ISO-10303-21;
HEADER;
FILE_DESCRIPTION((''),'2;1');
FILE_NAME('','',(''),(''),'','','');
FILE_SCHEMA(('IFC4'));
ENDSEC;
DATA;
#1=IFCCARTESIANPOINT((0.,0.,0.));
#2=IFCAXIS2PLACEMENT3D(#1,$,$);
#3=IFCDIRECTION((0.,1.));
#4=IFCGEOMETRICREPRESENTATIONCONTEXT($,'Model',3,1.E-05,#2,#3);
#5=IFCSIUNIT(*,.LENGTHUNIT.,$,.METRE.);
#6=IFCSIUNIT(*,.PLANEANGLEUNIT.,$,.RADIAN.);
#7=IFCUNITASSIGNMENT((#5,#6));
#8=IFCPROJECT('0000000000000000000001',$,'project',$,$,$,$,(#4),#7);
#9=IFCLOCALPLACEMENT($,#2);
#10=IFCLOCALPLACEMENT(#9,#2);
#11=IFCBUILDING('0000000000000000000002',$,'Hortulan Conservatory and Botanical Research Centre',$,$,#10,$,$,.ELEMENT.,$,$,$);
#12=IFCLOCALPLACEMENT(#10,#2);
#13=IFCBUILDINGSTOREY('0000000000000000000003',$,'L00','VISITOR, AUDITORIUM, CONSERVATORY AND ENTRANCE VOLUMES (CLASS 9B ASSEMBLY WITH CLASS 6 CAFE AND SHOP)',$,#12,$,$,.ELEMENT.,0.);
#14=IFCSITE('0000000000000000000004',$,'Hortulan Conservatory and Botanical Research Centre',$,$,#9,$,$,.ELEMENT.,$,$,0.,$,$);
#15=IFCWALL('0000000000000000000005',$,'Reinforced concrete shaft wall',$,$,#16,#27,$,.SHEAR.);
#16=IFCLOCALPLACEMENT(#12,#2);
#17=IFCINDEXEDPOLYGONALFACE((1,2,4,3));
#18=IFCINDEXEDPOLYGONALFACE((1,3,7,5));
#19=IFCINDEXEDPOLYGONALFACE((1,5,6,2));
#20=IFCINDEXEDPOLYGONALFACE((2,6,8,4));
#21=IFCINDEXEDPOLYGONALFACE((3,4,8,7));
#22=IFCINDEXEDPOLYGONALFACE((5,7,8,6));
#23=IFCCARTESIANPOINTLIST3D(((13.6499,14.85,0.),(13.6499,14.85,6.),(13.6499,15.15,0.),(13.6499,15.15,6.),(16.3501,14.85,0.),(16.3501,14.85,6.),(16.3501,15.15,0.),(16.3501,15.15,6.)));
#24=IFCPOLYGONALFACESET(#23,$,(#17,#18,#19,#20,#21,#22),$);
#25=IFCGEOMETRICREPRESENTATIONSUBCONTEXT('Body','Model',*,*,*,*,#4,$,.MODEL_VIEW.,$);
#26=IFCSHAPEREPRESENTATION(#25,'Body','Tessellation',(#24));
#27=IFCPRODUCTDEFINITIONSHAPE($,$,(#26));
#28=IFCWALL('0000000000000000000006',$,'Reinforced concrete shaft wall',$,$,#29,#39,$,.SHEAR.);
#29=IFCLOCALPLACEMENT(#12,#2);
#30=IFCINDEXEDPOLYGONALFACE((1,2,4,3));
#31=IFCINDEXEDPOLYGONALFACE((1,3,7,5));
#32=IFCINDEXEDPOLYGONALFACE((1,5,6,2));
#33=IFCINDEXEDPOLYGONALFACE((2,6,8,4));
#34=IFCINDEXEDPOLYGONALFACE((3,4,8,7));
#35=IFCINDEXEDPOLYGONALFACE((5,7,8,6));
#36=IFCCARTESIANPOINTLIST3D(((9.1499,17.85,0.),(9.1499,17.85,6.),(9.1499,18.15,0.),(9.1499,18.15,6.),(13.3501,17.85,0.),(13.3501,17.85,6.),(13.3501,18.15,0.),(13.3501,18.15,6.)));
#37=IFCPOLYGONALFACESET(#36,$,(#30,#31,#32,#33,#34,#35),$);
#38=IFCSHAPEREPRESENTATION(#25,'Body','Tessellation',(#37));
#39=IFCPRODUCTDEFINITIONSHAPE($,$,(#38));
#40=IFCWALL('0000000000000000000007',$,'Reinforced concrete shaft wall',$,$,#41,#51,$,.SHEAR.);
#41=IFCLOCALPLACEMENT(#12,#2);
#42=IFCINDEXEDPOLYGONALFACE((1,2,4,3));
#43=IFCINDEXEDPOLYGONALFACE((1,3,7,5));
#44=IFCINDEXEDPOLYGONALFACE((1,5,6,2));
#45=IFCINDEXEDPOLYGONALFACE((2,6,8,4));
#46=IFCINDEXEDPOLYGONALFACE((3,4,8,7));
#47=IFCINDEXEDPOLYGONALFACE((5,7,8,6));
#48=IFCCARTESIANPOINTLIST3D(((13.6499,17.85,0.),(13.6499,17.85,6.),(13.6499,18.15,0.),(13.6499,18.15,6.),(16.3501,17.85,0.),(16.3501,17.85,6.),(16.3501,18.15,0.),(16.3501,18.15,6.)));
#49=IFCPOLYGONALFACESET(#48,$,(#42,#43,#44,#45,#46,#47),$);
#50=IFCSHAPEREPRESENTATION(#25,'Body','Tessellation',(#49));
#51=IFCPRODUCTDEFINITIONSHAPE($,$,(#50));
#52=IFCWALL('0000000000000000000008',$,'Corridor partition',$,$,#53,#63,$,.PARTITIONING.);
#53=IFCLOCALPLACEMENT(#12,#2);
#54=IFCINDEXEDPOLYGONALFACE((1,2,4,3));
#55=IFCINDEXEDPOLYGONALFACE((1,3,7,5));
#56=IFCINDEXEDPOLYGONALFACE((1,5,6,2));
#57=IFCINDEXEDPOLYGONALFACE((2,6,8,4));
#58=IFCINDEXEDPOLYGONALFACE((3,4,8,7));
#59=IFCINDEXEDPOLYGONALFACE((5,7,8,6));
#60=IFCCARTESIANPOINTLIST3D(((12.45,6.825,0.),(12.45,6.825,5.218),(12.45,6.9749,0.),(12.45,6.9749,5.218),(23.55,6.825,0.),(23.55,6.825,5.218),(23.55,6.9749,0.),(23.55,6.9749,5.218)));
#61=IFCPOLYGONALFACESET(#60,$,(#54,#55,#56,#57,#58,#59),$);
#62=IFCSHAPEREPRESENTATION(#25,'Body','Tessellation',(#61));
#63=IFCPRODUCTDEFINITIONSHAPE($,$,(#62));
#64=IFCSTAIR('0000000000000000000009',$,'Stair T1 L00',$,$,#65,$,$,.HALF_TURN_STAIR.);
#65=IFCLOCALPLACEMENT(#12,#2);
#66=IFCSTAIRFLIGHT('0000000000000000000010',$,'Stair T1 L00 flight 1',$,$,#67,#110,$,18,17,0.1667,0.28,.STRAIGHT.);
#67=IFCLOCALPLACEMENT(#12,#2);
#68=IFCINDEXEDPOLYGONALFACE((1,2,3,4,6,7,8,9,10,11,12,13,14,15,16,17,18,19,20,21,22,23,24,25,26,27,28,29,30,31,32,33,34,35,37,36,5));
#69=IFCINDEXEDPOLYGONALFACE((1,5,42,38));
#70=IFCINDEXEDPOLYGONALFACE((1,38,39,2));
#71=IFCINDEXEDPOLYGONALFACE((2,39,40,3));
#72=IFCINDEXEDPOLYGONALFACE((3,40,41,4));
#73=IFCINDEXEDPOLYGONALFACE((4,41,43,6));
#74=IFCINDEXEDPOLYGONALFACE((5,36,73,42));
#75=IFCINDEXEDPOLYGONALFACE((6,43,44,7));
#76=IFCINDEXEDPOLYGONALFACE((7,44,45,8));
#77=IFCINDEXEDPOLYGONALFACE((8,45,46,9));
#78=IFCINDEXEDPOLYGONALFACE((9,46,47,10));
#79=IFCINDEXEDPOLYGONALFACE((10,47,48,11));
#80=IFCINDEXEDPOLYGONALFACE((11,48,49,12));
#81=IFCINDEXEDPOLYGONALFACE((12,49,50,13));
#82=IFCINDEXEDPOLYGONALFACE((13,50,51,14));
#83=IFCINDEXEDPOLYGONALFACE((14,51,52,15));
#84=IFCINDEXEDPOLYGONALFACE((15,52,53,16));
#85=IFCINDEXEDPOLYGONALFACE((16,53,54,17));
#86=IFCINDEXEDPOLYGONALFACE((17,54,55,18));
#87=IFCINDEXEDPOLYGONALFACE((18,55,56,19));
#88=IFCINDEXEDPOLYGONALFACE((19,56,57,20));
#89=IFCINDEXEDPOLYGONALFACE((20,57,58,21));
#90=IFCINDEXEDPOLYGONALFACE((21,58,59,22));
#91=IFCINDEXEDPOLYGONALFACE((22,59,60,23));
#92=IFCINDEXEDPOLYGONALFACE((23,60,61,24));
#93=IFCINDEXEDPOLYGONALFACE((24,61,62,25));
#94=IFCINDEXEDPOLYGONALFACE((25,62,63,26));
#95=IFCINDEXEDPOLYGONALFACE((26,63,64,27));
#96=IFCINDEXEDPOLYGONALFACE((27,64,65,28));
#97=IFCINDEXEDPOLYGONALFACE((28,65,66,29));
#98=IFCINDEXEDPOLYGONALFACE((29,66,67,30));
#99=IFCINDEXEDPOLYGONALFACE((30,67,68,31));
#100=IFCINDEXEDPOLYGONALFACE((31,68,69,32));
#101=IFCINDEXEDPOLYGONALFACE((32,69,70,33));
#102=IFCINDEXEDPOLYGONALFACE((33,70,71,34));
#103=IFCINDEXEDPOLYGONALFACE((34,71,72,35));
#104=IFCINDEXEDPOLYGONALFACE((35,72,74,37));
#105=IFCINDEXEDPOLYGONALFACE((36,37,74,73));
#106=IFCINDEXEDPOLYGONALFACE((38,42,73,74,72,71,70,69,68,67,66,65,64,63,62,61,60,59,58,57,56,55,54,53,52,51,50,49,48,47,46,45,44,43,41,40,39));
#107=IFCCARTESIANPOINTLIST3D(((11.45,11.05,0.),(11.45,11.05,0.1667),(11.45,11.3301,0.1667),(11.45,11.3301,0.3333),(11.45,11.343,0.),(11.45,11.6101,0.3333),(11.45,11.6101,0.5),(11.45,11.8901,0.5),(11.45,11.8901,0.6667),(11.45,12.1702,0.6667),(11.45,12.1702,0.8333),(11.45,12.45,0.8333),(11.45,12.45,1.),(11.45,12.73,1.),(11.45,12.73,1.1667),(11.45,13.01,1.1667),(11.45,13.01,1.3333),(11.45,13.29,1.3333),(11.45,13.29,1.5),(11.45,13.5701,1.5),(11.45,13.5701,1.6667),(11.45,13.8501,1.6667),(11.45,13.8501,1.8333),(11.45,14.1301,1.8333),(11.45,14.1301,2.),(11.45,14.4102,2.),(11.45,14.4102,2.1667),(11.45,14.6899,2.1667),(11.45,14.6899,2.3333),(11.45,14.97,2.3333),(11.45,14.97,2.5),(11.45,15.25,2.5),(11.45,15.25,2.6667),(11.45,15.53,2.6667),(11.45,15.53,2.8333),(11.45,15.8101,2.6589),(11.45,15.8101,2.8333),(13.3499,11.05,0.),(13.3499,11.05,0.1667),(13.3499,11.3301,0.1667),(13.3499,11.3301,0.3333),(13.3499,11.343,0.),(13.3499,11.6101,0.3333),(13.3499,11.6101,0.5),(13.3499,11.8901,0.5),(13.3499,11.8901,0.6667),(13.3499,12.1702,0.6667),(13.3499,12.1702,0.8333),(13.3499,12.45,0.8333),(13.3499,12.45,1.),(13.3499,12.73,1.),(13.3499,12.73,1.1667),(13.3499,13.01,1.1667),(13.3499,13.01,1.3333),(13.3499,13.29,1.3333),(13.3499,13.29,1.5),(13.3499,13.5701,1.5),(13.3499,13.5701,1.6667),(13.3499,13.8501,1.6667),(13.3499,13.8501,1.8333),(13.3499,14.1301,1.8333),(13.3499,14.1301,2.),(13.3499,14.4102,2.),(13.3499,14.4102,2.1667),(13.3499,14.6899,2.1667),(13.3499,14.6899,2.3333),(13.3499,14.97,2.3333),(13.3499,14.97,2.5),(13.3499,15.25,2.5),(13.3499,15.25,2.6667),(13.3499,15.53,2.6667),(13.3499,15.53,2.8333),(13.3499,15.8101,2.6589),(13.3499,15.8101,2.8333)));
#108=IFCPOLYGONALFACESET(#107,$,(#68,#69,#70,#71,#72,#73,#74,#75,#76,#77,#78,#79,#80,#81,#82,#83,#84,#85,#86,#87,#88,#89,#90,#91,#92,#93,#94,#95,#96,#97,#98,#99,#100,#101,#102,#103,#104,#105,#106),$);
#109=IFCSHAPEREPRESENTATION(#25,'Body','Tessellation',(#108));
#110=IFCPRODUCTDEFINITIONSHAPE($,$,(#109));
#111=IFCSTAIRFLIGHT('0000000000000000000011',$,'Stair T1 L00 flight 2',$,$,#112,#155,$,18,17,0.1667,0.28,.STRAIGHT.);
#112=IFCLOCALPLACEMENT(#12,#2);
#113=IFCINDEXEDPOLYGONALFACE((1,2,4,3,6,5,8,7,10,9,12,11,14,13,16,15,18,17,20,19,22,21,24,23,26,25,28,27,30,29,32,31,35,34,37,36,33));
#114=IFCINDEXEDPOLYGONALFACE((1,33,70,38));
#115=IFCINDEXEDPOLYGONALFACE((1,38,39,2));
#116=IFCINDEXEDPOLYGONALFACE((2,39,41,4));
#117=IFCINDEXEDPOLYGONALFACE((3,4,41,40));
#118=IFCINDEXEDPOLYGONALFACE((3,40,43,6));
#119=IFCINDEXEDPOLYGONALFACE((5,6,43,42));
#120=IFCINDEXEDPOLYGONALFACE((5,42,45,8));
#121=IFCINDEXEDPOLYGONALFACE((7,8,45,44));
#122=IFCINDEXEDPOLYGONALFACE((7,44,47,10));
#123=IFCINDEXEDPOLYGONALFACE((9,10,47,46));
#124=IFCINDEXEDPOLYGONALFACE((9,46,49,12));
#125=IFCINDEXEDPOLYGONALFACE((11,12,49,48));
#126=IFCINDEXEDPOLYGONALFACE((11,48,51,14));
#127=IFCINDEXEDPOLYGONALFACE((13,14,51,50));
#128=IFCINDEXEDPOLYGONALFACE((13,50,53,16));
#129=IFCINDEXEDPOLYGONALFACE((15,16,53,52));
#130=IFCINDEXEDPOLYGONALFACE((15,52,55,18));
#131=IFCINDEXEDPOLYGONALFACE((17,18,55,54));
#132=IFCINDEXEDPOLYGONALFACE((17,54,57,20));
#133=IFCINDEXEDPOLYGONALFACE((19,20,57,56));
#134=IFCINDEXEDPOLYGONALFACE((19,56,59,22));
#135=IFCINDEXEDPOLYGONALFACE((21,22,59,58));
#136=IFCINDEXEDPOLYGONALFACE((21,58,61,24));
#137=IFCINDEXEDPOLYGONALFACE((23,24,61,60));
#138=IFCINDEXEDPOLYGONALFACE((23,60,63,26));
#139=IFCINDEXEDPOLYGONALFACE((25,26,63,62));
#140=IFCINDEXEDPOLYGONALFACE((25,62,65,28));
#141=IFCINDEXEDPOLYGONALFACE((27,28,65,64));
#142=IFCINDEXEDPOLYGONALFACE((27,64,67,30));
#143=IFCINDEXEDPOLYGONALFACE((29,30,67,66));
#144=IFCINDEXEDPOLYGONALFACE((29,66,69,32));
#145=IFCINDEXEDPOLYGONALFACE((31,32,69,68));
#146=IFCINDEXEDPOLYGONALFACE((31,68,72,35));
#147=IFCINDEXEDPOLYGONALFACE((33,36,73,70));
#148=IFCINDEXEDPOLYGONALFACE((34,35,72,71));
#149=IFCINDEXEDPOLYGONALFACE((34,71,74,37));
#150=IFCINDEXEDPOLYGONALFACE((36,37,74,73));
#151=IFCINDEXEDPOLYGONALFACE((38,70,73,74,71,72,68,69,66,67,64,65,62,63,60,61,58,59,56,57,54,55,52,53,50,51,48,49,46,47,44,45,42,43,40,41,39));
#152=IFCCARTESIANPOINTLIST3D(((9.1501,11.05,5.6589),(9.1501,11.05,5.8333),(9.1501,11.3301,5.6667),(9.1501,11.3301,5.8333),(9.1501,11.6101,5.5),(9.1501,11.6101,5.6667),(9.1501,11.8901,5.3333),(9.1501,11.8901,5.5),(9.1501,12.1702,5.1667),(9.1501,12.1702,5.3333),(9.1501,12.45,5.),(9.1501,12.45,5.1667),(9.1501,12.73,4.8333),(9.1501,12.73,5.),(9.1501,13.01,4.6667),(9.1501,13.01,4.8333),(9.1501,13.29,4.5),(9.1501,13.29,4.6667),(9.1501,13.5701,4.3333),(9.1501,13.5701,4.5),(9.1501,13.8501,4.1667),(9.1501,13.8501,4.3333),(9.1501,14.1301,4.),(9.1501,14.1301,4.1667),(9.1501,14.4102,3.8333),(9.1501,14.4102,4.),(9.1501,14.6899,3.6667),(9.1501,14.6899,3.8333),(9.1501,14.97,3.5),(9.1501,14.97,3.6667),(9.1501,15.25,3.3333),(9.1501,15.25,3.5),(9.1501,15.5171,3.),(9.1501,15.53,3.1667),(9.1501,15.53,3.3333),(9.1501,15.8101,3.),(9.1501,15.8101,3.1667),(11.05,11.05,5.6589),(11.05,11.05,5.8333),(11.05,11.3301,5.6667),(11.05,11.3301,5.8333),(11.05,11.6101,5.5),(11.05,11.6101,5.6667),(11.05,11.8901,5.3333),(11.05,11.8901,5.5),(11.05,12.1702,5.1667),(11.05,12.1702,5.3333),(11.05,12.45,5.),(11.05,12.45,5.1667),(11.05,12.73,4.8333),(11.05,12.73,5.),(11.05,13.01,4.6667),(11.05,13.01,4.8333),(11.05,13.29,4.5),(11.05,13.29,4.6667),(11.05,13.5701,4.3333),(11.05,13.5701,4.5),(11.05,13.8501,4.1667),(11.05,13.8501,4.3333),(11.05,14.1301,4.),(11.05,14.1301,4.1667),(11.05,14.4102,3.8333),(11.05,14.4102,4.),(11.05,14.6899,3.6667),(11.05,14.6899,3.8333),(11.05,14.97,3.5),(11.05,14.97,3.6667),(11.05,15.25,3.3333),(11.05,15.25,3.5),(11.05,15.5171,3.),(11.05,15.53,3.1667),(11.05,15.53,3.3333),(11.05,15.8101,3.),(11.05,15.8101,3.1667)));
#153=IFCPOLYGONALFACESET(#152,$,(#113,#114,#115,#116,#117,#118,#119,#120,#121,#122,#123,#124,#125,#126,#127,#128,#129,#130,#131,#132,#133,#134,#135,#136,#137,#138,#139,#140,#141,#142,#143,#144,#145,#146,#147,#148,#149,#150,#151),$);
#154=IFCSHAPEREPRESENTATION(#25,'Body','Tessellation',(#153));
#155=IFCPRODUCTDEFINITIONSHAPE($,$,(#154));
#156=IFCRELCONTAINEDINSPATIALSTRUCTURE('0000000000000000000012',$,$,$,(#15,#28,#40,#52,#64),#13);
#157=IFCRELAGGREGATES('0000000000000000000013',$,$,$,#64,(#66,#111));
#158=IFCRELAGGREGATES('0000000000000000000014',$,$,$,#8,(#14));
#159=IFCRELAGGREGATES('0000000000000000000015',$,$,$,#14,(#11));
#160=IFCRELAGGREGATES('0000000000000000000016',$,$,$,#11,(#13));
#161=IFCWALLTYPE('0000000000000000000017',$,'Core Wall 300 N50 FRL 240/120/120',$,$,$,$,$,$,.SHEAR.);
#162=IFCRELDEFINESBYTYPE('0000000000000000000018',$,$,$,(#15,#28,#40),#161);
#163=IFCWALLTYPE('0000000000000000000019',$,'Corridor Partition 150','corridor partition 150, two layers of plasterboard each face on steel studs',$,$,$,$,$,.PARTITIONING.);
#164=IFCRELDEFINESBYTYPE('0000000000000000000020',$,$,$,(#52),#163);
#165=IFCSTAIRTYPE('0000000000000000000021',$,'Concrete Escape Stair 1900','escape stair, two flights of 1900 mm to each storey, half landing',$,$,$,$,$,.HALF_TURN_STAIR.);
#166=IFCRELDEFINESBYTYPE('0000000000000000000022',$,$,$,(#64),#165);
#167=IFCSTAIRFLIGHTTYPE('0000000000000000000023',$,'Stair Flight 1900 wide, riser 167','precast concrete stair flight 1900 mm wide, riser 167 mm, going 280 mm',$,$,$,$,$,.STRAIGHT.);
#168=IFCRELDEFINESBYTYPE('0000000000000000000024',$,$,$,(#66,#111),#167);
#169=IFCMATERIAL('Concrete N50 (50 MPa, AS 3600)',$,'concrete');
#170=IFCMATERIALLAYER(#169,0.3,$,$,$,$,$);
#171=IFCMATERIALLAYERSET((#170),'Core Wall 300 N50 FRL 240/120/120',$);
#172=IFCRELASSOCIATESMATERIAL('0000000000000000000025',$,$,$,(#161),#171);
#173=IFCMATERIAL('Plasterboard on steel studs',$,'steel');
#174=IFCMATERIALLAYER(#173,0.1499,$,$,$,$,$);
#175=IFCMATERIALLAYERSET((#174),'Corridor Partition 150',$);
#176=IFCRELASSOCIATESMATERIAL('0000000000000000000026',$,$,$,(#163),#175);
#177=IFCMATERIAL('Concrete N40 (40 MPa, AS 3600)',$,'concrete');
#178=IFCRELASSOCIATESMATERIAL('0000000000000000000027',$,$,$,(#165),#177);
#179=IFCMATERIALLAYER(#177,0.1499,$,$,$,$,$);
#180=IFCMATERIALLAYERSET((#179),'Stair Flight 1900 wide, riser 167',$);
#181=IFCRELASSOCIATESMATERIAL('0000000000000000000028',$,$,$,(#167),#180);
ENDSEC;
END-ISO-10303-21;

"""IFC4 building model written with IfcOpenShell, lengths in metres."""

from ifc_helpers import new_model, si_unit, direction, frame, frame_2d, origin, place, context, subcontext, project, spatial, polyline, rectangle, outline, extrude, material, layer, layer_set, type_object, element, aggregate, save


model = new_model("IFC4")

# Units and contexts
model_context = context("Model", 3, precision=1e-05, world=origin(), true_north=direction((0.0, 1.0)))
body_context = subcontext(model_context, "Body", "Model", "MODEL_VIEW")
ifc_project = project(units=[si_unit("LENGTHUNIT", "METRE"), si_unit("PLANEANGLEUNIT", "RADIAN")], contexts=[model_context])

# Site, building, storey
site_placement = place(None, origin())
site = spatial("IfcSite", under=ifc_project, at=site_placement, Name="Hortulan Conservatory and Botanical Research Centre", CompositionType="ELEMENT", RefElevation=0.0)
building_placement = place(site_placement, origin())
building = spatial("IfcBuilding", under=site, at=building_placement, Name="Hortulan Conservatory and Botanical Research Centre", CompositionType="ELEMENT")
storey_placement = place(building_placement, origin())
storey = spatial("IfcBuildingStorey", under=building, at=storey_placement, Name="L00", Description="VISITOR, AUDITORIUM, CONSERVATORY AND ENTRANCE VOLUMES (CLASS 9B ASSEMBLY WITH CLASS 6 CAFE AND SHOP)", CompositionType="ELEMENT", Elevation=0.0)

# Shared definitions
ifc_material_1 = material(Name="Concrete N50 (50 MPa, AS 3600)", Category="concrete")
ifc_layer_1 = layer(ifc_material_1, 0.3)
ifc_layer_set_1 = layer_set([ifc_layer_1], Name="Core Wall 300 N50 FRL 240/120/120")
wall_type_1 = type_object("IfcWallType", Name="Core Wall 300 N50 FRL 240/120/120", PredefinedType="SHEAR", material=ifc_layer_set_1)

# Walls
for number, where, z_axis, x_axis, name in (
    (1, (13.6499, 15.0, 0.0), (0.0, 0.0, 1.0), (1.0, 0.0, 0.0), "Reinforced concrete shaft wall"),
):
    element("IfcWall", number, at=place(storey_placement, frame(where, z_axis=z_axis, x_axis=x_axis)), inside=storey, type_object=wall_type_1, Name=name, PredefinedType="SHEAR", context=body_context, shape_type="SweptSolid", body=[
        extrude(rectangle(XDim=2.7002, YDim=0.3, at=frame_2d((1.3501, 0.0))), origin(), (0.0, 0.0, 1.0), 6.0),
    ])
wall_1_placement = place(storey_placement, frame((9.1499, 18.0, 0.0), z_axis=(0.0, 0.0, 1.0), x_axis=(1.0, 0.0, 0.0)))
element("IfcWall", 2, at=wall_1_placement, inside=storey, type_object=wall_type_1, Name="Reinforced concrete shaft wall", PredefinedType="SHEAR", context=body_context, shape_type="SweptSolid", body=[
    extrude(rectangle(XDim=4.2002, YDim=0.3, at=frame_2d((2.1001, 0.0))), origin(), (0.0, 0.0, 1.0), 6.0),
])
wall_2_placement = place(storey_placement, frame((13.6499, 18.0, 0.0), z_axis=(0.0, 0.0, 1.0), x_axis=(1.0, 0.0, 0.0)))
element("IfcWall", 3, at=wall_2_placement, inside=storey, type_object=wall_type_1, Name="Reinforced concrete shaft wall", PredefinedType="SHEAR", context=body_context, shape_type="SweptSolid", body=[
    extrude(rectangle(XDim=2.7002, YDim=0.3, at=frame_2d((1.3501, 0.0))), origin(), (0.0, 0.0, 1.0), 6.0),
])
ifc_material_2 = material(Name="Plasterboard on steel studs", Category="steel")
ifc_layer_2 = layer(ifc_material_2, 0.1499)
ifc_layer_set_2 = layer_set([ifc_layer_2], Name="Corridor Partition 150")
wall_type_2 = type_object("IfcWallType", Name="Corridor Partition 150", Description="corridor partition 150, two layers of plasterboard each face on steel studs", PredefinedType="PARTITIONING", material=ifc_layer_set_2)
wall_3_placement = place(storey_placement, frame((12.45, 6.8999, 0.0), z_axis=(0.0, 0.0, 1.0), x_axis=(1.0, 0.0, 0.0)))
element("IfcWall", 4, at=wall_3_placement, inside=storey, type_object=wall_type_2, Name="Corridor partition", PredefinedType="PARTITIONING", context=body_context, shape_type="SweptSolid", body=[
    extrude(rectangle(XDim=11.1001, YDim=0.1499, at=frame_2d((5.55, 0.0))), origin(), (0.0, 0.0, 1.0), 5.218),
])

# Stair, stair flights
ifc_material_3 = material(Name="Concrete N40 (40 MPa, AS 3600)", Category="concrete")
stair_type = type_object("IfcStairType", Name="Concrete Escape Stair 1900", Description="escape stair, two flights of 1900 mm to each storey, half landing", PredefinedType="HALF_TURN_STAIR", material=ifc_material_3)
stair_placement = place(storey_placement, origin())
stair = element("IfcStair", 5, at=stair_placement, inside=storey, type_object=stair_type, Name="Stair T1 L00", PredefinedType="HALF_TURN_STAIR")
ifc_layer_3 = layer(ifc_material_3, 0.1499)
ifc_layer_set_3 = layer_set([ifc_layer_3], Name="Stair Flight 1900 wide, riser 167")
stair_flight_type = type_object("IfcStairFlightType", Name="Stair Flight 1900 wide, riser 167", Description="precast concrete stair flight 1900 mm wide, riser 167 mm, going 280 mm", PredefinedType="STRAIGHT", material=ifc_layer_set_3)
stair_flight_1_placement = place(storey_placement, frame((12.3999, 11.05, 0.0), z_axis=(0.0, 0.0, 1.0), x_axis=(0.0, 1.0, 0.0)))
stair_flight_1 = element("IfcStairFlight", 6, at=stair_flight_1_placement, type_object=stair_flight_type, Name="Stair T1 L00 flight 1", NumberOfRisers=18, NumberOfTreads=17, PredefinedType="STRAIGHT", RiserHeight=0.1667, TreadLength=0.28, context=body_context, shape_type="SweptSolid", body=[
    extrude(outline(polyline([(0.0, 0.0), (0.0, 0.1667), (0.28, 0.1667), (0.28, 0.3333), (0.5601, 0.3333), (0.5601, 0.5), (0.8401, 0.5), (0.8401, 0.6667), (1.1201, 0.6667), (1.1201, 0.8333), (1.3999, 0.8333), (1.3999, 1.0), (1.6799, 1.0), (1.6799, 1.1667), (1.96, 1.1667), (1.96, 1.3333), (2.24, 1.3333), (2.24, 1.5), (2.52, 1.5), (2.52, 1.6667), (2.8, 1.6667), (2.8, 1.8333), (3.0801, 1.8333), (3.0801, 2.0), (3.3601, 2.0), (3.3601, 2.1667), (3.6399, 2.1667), (3.6399, 2.3333), (3.9199, 2.3333), (3.9199, 2.5), (4.2, 2.5), (4.2, 2.6667), (4.48, 2.6667), (4.48, 2.8333), (4.76, 2.8333), (4.76, 3.0), (4.76, 2.6589), (0.293, 0.0), (0.0, 0.0)])), frame((0.0, 0.95, 0.0), z_axis=(0.0, -1.0, 0.0), x_axis=(1.0, 0.0, 0.0)), (0.0, 0.0, 1.0), 1.8999),
])
stair_flight_2_placement = place(storey_placement, frame((10.1001, 15.8101, 3.0), z_axis=(0.0, 0.0, 1.0), x_axis=(0.0, -1.0, 0.0)))
stair_flight_2 = element("IfcStairFlight", 7, at=stair_flight_2_placement, type_object=stair_flight_type, Name="Stair T1 L00 flight 2", NumberOfRisers=18, NumberOfTreads=17, PredefinedType="STRAIGHT", RiserHeight=0.1667, TreadLength=0.28, context=body_context, shape_type="SweptSolid", body=[
    extrude(outline(polyline([(0.0, 0.0), (0.0, 0.1667), (0.28, 0.1667), (0.28, 0.3333), (0.5601, 0.3333), (0.5601, 0.5), (0.8401, 0.5), (0.8401, 0.6667), (1.1201, 0.6667), (1.1201, 0.8333), (1.3999, 0.8333), (1.3999, 1.0), (1.6799, 1.0), (1.6799, 1.1667), (1.96, 1.1667), (1.96, 1.3333), (2.24, 1.3333), (2.24, 1.5), (2.52, 1.5), (2.52, 1.6667), (2.8, 1.6667), (2.8, 1.8333), (3.0801, 1.8333), (3.0801, 2.0), (3.3601, 2.0), (3.3601, 2.1667), (3.6399, 2.1667), (3.6399, 2.3333), (3.9199, 2.3333), (3.9199, 2.5), (4.2, 2.5), (4.2, 2.6667), (4.48, 2.6667), (4.48, 2.8333), (4.76, 2.8333), (4.76, 3.0), (4.76, 2.6589), (0.293, 0.0), (0.0, 0.0)])), frame((0.0, 0.95, 0.0), z_axis=(0.0, -1.0, 0.0), x_axis=(1.0, 0.0, 0.0)), (0.0, 0.0, 1.0), 1.8999),
])
aggregate(stair, [stair_flight_1, stair_flight_2])

save(model, "model.ifc")
